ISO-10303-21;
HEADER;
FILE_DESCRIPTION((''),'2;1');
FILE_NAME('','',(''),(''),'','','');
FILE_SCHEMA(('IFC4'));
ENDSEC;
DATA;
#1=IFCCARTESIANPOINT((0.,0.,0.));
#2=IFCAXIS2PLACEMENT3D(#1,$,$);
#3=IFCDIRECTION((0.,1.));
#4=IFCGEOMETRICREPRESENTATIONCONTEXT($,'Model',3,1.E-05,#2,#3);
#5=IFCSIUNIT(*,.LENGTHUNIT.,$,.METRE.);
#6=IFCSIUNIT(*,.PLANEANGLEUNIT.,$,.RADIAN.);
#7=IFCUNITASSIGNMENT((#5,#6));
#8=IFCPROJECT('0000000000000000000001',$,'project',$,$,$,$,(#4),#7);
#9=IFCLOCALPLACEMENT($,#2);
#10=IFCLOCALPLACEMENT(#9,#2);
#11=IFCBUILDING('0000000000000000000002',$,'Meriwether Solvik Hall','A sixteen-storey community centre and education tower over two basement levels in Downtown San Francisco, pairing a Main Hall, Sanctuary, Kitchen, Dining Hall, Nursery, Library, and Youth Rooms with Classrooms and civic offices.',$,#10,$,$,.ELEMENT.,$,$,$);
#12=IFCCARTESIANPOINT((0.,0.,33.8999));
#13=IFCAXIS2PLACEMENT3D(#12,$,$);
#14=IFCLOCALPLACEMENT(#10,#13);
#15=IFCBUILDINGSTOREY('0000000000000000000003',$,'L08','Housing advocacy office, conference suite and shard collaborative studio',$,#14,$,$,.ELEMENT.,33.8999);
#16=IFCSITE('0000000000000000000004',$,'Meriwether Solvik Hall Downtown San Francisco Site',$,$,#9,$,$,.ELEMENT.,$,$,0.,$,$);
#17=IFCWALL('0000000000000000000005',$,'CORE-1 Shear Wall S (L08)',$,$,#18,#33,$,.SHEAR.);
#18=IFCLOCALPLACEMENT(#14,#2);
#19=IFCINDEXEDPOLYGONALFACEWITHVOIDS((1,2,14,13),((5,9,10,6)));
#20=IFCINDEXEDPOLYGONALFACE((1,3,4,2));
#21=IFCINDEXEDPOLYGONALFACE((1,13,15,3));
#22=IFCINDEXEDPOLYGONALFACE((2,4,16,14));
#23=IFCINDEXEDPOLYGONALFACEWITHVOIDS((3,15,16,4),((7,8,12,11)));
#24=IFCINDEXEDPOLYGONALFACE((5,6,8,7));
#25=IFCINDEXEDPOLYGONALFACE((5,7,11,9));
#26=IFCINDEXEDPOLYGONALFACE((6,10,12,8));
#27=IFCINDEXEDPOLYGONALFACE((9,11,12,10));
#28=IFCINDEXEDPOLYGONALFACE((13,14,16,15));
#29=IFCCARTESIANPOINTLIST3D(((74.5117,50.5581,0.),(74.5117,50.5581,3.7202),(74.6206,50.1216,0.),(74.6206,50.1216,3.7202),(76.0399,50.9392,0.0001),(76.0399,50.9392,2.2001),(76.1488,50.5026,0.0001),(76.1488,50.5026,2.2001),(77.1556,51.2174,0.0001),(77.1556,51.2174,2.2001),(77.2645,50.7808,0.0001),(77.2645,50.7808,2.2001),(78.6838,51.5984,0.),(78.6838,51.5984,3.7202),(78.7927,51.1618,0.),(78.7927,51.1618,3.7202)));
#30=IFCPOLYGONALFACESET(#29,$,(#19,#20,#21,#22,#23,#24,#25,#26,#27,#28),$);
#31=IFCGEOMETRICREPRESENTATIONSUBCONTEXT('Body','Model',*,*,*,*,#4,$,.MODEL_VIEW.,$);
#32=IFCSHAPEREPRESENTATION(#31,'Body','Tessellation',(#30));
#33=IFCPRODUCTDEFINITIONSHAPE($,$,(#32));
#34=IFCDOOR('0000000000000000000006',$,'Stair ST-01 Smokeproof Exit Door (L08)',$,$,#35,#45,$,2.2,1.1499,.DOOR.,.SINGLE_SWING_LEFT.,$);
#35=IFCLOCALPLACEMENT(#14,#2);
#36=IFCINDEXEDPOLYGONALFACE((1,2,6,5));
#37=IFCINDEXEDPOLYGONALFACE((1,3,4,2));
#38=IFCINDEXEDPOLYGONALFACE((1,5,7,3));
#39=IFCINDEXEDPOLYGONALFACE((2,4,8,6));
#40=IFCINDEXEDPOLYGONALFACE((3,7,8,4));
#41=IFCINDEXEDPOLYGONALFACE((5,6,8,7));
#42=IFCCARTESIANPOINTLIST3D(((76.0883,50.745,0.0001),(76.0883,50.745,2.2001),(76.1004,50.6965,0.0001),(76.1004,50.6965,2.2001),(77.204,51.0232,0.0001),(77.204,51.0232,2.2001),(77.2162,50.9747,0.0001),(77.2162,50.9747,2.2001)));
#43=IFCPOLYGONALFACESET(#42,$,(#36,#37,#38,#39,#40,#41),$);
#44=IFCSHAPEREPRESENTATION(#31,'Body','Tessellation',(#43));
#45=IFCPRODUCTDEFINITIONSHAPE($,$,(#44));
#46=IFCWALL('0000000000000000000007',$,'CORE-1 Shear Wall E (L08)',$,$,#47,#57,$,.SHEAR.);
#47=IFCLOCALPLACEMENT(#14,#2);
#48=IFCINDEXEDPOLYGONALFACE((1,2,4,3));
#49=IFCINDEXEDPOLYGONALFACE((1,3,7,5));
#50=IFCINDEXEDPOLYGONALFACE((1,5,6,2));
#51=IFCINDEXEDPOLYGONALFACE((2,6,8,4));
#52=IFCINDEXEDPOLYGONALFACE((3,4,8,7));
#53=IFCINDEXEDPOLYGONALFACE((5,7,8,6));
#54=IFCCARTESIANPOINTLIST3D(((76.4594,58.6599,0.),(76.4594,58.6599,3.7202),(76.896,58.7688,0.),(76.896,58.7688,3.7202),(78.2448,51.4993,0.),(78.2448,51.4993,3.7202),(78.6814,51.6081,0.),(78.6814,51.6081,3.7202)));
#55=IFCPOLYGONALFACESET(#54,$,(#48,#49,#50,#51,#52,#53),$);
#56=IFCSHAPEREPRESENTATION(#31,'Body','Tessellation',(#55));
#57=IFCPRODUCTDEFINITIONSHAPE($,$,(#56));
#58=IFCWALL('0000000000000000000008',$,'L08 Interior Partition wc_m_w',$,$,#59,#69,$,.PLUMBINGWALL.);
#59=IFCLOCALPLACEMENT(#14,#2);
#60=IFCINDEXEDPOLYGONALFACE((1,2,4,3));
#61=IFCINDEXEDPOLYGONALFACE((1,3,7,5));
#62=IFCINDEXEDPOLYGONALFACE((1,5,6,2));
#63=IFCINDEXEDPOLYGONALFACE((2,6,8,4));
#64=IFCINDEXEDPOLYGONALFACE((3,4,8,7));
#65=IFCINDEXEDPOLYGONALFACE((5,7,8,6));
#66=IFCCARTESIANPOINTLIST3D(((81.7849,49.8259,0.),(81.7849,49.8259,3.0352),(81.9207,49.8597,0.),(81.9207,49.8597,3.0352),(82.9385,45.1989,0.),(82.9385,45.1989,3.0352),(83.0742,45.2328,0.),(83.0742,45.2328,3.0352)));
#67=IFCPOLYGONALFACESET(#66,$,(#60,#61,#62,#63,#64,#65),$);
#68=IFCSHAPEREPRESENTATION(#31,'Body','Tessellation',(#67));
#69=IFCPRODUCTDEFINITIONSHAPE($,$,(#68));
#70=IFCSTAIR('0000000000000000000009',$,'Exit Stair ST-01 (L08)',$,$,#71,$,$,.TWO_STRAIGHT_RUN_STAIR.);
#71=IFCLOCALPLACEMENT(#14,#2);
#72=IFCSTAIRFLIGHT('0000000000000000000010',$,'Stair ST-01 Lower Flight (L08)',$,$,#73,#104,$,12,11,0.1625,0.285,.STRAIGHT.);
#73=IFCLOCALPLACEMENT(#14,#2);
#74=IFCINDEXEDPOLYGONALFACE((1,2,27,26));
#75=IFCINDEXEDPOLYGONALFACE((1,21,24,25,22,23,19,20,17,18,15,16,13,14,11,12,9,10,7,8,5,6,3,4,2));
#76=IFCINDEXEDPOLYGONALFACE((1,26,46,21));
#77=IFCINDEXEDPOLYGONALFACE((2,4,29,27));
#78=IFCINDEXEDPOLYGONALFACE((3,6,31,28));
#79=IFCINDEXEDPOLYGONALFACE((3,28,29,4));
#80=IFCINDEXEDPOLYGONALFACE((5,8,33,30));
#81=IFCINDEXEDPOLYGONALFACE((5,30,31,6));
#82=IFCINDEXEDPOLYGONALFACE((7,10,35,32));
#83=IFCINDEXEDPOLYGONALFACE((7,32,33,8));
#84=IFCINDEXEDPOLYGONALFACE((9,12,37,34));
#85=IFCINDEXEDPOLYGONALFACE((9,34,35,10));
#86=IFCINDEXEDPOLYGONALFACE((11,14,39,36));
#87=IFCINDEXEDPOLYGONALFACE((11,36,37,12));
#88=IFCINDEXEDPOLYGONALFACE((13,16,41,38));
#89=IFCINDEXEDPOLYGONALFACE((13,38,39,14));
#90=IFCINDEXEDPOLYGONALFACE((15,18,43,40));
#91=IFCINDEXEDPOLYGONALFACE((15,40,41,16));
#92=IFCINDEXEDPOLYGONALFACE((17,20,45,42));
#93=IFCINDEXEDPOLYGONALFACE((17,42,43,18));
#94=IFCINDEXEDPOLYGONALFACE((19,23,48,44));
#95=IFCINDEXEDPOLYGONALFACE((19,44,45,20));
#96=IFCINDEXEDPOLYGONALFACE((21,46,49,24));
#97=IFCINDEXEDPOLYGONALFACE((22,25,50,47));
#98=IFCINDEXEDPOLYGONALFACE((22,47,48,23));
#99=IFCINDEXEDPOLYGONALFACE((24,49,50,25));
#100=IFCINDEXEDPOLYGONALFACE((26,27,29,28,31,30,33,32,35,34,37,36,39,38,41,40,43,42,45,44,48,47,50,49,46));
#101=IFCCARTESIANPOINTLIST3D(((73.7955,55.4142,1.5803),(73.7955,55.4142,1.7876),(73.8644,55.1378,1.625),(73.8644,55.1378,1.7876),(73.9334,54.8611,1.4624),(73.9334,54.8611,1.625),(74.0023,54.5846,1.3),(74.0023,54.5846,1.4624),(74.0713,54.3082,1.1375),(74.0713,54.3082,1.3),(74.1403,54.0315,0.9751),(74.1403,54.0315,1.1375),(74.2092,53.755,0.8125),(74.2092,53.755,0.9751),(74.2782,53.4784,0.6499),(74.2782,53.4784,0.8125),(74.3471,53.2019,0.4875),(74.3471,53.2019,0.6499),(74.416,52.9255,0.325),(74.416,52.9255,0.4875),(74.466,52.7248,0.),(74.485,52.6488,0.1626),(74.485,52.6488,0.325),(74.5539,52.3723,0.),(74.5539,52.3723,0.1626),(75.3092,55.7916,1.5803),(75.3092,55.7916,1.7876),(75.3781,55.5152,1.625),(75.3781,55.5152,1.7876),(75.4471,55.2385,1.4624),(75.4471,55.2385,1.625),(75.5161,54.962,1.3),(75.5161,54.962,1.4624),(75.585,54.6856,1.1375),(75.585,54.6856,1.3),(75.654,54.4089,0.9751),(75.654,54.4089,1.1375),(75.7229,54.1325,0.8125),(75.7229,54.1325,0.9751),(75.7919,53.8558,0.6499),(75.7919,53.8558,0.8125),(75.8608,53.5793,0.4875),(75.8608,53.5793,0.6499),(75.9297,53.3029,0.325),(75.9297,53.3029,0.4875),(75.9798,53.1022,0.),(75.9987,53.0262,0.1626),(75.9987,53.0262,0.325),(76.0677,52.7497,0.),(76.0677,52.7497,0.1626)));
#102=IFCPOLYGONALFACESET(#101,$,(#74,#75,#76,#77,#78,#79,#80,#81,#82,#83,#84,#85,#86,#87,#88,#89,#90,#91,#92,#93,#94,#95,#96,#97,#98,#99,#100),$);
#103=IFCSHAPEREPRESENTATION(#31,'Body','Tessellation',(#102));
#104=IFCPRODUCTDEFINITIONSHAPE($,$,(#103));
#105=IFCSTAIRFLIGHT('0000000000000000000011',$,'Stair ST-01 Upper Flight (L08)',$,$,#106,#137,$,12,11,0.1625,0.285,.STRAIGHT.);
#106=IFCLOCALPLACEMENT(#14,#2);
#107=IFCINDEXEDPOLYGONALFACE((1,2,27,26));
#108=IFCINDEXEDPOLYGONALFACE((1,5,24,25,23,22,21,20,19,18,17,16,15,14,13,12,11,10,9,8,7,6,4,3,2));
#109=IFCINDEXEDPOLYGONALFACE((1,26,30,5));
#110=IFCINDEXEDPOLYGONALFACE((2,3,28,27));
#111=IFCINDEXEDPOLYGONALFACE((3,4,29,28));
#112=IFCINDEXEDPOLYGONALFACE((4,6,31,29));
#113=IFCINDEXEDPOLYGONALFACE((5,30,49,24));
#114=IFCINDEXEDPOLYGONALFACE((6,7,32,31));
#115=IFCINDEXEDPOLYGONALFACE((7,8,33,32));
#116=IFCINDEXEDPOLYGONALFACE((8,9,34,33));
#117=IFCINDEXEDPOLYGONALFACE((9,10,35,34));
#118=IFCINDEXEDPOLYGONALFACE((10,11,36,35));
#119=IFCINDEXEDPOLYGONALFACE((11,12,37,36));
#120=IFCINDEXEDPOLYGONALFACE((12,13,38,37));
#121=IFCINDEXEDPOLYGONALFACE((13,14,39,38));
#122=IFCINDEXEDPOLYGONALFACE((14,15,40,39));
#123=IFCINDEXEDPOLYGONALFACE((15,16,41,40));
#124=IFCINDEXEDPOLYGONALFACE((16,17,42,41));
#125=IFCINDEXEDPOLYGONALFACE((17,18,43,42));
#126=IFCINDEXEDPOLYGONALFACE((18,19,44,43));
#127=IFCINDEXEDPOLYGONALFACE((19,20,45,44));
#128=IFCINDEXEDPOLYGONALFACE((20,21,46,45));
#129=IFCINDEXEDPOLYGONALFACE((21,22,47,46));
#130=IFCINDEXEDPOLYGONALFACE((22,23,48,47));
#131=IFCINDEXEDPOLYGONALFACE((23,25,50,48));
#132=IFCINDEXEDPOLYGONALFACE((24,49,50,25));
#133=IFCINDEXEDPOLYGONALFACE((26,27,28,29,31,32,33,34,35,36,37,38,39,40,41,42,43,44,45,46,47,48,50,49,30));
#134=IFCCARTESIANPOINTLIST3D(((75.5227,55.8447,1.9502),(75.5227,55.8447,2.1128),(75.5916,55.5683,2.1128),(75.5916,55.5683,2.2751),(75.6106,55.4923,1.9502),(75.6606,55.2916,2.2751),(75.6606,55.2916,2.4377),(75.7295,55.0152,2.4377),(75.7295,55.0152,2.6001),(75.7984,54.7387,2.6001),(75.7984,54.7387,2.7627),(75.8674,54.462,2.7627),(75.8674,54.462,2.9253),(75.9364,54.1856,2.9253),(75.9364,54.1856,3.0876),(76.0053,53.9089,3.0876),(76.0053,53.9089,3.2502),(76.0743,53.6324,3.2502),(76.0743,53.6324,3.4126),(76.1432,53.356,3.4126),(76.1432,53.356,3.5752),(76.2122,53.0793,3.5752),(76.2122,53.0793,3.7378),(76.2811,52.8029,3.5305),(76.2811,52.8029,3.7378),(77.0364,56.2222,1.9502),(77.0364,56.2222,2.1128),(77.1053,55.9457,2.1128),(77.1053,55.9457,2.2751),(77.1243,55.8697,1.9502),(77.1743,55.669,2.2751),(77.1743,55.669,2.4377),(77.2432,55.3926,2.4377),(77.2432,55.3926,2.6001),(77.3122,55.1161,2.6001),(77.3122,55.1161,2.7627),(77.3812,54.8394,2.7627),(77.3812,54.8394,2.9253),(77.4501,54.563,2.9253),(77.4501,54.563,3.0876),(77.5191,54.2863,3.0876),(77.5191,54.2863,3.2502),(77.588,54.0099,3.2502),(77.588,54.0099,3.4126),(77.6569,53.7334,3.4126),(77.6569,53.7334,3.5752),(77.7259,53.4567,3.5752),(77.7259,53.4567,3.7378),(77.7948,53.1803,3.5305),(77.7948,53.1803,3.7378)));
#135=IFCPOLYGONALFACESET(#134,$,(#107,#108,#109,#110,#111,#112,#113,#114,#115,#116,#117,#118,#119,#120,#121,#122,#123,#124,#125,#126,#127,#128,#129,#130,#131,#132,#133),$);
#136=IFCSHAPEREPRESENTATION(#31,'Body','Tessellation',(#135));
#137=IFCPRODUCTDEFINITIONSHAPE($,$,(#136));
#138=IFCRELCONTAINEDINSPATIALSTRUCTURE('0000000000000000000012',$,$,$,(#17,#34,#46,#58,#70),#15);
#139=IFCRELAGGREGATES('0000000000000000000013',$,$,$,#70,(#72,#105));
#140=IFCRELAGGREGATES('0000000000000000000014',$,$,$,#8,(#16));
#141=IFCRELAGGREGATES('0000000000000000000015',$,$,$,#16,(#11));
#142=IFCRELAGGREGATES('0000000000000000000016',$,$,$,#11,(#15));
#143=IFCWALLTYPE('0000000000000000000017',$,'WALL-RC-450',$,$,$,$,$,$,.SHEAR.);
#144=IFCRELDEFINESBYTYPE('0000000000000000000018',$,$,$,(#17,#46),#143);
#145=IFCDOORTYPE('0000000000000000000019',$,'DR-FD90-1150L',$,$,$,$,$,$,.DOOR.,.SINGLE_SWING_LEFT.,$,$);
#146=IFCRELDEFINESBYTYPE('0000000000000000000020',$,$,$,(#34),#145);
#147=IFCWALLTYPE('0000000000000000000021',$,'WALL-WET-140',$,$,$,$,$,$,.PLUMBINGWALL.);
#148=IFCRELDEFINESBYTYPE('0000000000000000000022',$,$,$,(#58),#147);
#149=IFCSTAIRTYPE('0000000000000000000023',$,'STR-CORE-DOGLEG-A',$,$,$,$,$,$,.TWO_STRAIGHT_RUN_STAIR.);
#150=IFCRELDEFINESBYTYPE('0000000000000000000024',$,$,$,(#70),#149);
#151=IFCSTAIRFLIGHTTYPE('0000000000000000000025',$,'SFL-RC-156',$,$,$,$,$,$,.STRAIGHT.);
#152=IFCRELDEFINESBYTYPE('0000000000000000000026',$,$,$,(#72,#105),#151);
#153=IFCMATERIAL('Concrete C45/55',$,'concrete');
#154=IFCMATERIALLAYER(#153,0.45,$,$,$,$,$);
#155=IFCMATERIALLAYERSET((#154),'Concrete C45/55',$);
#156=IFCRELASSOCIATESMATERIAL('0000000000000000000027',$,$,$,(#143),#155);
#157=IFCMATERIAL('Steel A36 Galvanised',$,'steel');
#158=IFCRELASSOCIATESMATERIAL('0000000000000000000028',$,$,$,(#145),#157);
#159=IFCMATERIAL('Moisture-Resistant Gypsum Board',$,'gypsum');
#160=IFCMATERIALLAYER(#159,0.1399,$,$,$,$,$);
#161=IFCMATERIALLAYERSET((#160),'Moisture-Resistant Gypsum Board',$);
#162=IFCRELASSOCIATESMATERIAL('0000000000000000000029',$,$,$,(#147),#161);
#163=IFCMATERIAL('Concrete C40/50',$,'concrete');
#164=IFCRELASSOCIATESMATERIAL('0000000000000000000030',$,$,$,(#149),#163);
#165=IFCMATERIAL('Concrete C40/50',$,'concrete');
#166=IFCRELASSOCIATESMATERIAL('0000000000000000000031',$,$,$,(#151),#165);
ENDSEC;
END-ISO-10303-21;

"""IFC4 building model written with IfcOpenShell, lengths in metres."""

from ifc_helpers import new_model, si_unit, direction, frame, frame_2d, origin, place, context, subcontext, project, spatial, polyline, rectangle, outline, extrude, material, layer, layer_set, type_object, element, fill, aggregate, save


model = new_model("IFC4")

# Units and contexts
model_context = context("Model", 3, precision=1e-05, world=origin(), true_north=direction((0.0, 1.0)))
body_context = subcontext(model_context, "Body", "Model", "MODEL_VIEW")
ifc_project = project(units=[si_unit("LENGTHUNIT", "METRE"), si_unit("PLANEANGLEUNIT", "RADIAN")], contexts=[model_context])

# Site, building, storey
site_placement = place(None, origin())
site = spatial("IfcSite", under=ifc_project, at=site_placement, Name="Meriwether Solvik Hall Downtown San Francisco Site", CompositionType="ELEMENT", RefElevation=0.0)
building_placement = place(site_placement, origin())
building = spatial("IfcBuilding", under=site, at=building_placement, Name="Meriwether Solvik Hall", Description="A sixteen-storey community centre and education tower over two basement levels in Downtown San Francisco, pairing a Main Hall, Sanctuary, Kitchen, Dining Hall, Nursery, Library, and Youth Rooms with Classrooms and civic offices.", CompositionType="ELEMENT")
storey_placement = place(building_placement, frame((0.0, 0.0, 33.8999)))
storey = spatial("IfcBuildingStorey", under=building, at=storey_placement, Name="L08", Description="Housing advocacy office, conference suite and shard collaborative studio", CompositionType="ELEMENT", Elevation=33.8999)

# Wall, opening, door
ifc_material_1 = material(Name="Concrete C45/55", Category="concrete")
ifc_layer_1 = layer(ifc_material_1, 0.45)
ifc_layer_set_1 = layer_set([ifc_layer_1], Name="Concrete C45/55")
wall_type_1 = type_object("IfcWallType", Name="WALL-RC-450", PredefinedType="SHEAR", material=ifc_layer_set_1)
wall_1_placement = place(storey_placement, frame((74.5662, 50.3398, 0.0), z_axis=(0.0, 0.0, 1.0), x_axis=(0.970293, 0.241934, 0.0)))
wall_1 = element("IfcWall", 1, at=wall_1_placement, inside=storey, type_object=wall_type_1, Name="CORE-1 Shear Wall S (L08)", PredefinedType="SHEAR", context=body_context, shape_type="SweptSolid", body=[
    extrude(rectangle(XDim=4.2998, YDim=0.45, at=frame_2d((2.1499, 0.0))), origin(), (0.0, 0.0, 1.0), 3.7202),
])
opening_1_placement = place(wall_1_placement, frame((1.575, 0.0, 0.0)))
opening_1 = element("IfcOpeningElement", 2, at=opening_1_placement, cuts=wall_1, PredefinedType="OPENING", context=body_context, shape_type="SweptSolid", body=[
    extrude(rectangle(XDim=1.1499, YDim=2.2, at=frame_2d((0.575, 1.1001))), frame((0.0, 0.2368, 0.0), z_axis=(0.0, -1.0, 0.0), x_axis=(1.0, 0.0, 0.0)), (0.0, 0.0, 1.0), 0.4739),
])
ifc_material_2 = material(Name="Steel A36 Galvanised", Category="steel")
door_type_1 = type_object("IfcDoorType", Name="DR-FD90-1150L", OperationType="SINGLE_SWING_LEFT", PredefinedType="DOOR", material=ifc_material_2)
door_1_placement = place(opening_1_placement, origin())
door_1 = element("IfcDoor", 3, at=door_1_placement, inside=storey, type_object=door_type_1, Name="Stair ST-01 Smokeproof Exit Door (L08)", OperationType="SINGLE_SWING_LEFT", OverallHeight=2.2, OverallWidth=1.1499, PredefinedType="DOOR", context=body_context, shape_type="SweptSolid", body=[
    extrude(rectangle(XDim=1.1499, YDim=2.2, at=frame_2d((0.575, 1.1001))), frame((0.0, 0.0249, 0.0), z_axis=(0.0, -1.0, 0.0), x_axis=(1.0, 0.0, 0.0)), (0.0, 0.0, 1.0), 0.05),
])
fill(opening_1, door_1)

# Walls
wall_2_placement = place(storey_placement, frame((78.4631, 51.5537, 0.0), z_axis=(0.0, 0.0, 1.0), x_axis=(-0.241928, 0.970294, 0.0)))
element("IfcWall", 4, at=wall_2_placement, inside=storey, type_object=wall_type_1, Name="CORE-1 Shear Wall E (L08)", PredefinedType="SHEAR", context=body_context, shape_type="SweptSolid", body=[
    extrude(rectangle(XDim=7.3799, YDim=0.45, at=frame_2d((3.6899, 0.0))), origin(), (0.0, 0.0, 1.0), 3.7202),
])
ifc_material_3 = material(Name="Moisture-Resistant Gypsum Board", Category="gypsum")
ifc_layer_2 = layer(ifc_material_3, 0.1399)
ifc_layer_set_2 = layer_set([ifc_layer_2], Name="Moisture-Resistant Gypsum Board")
wall_type_2 = type_object("IfcWallType", Name="WALL-WET-140", PredefinedType="PLUMBINGWALL", material=ifc_layer_set_2)
wall_3_placement = place(storey_placement, frame((81.8528, 49.8428, 0.0), z_axis=(0.0, 0.0, 1.0), x_axis=(0.241909, -0.970299, 0.0)))
element("IfcWall", 5, at=wall_3_placement, inside=storey, type_object=wall_type_2, Name="L08 Interior Partition wc_m_w", PredefinedType="PLUMBINGWALL", context=body_context, shape_type="SweptSolid", body=[
    extrude(rectangle(XDim=4.7686, YDim=0.1399, at=frame_2d((2.3843, 0.0))), origin(), (0.0, 0.0, 1.0), 3.0352),
])

# Stair, stair flights
ifc_material_4 = material(Name="Concrete C40/50", Category="concrete")
stair_type = type_object("IfcStairType", Name="STR-CORE-DOGLEG-A", PredefinedType="TWO_STRAIGHT_RUN_STAIR", material=ifc_material_4)
stair_placement = place(storey_placement, origin())
stair = element("IfcStair", 6, at=stair_placement, inside=storey, type_object=stair_type, Name="Exit Stair ST-01 (L08)", PredefinedType="TWO_STRAIGHT_RUN_STAIR")
ifc_material_5 = material(Name="Concrete C40/50", Category="concrete")
stair_flight_type = type_object("IfcStairFlightType", Name="SFL-RC-156", PredefinedType="STRAIGHT", material=ifc_material_5)
stair_flight_1_placement = place(storey_placement, frame((75.3108, 52.561, 0.0), z_axis=(0.0, 0.0, 1.0), x_axis=(-0.241922, 0.970296, 0.0)))
stair_flight_1 = element("IfcStairFlight", 7, at=stair_flight_1_placement, type_object=stair_flight_type, Name="Stair ST-01 Lower Flight (L08)", NumberOfRisers=12, NumberOfTreads=11, PredefinedType="STRAIGHT", RiserHeight=0.1625, TreadLength=0.285, context=body_context, shape_type="SweptSolid", body=[
    extrude(outline(polyline([(0.0, 0.0), (0.0, 0.1626), (0.2849, 0.1626), (0.2849, 0.325), (0.5701, 0.325), (0.5701, 0.4875), (0.855, 0.4875), (0.855, 0.6499), (1.1399, 0.6499), (1.1399, 0.8125), (1.425, 0.8125), (1.425, 0.9751), (1.71, 0.9751), (1.71, 1.1375), (1.9951, 1.1375), (1.9951, 1.3), (2.28, 1.3), (2.28, 1.4624), (2.5649, 1.4624), (2.5649, 1.625), (2.8501, 1.625), (2.8501, 1.7876), (3.135, 1.7876), (3.135, 1.95), (3.135, 1.5803), (0.3633, 0.0), (0.0, 0.0)])), frame((0.0, 0.78, 0.0), z_axis=(0.0, -1.0, 0.0), x_axis=(1.0, 0.0, 0.0)), (0.0, 0.0, 1.0), 1.5601),
])
stair_flight_2_placement = place(storey_placement, frame((76.2795, 56.0334, 1.9502), z_axis=(0.0, 0.0, 1.0), x_axis=(0.241922, -0.970296, 0.0)))
stair_flight_2 = element("IfcStairFlight", 8, at=stair_flight_2_placement, type_object=stair_flight_type, Name="Stair ST-01 Upper Flight (L08)", NumberOfRisers=12, NumberOfTreads=11, PredefinedType="STRAIGHT", RiserHeight=0.1625, TreadLength=0.285, context=body_context, shape_type="SweptSolid", body=[
    extrude(outline(polyline([(0.0, 0.0), (0.0, 0.1626), (0.2849, 0.1626), (0.2849, 0.325), (0.5701, 0.325), (0.5701, 0.4875), (0.855, 0.4875), (0.855, 0.6499), (1.1399, 0.6499), (1.1399, 0.8125), (1.425, 0.8125), (1.425, 0.9751), (1.71, 0.9751), (1.71, 1.1375), (1.9951, 1.1375), (1.9951, 1.3), (2.28, 1.3), (2.28, 1.4624), (2.5649, 1.4624), (2.5649, 1.625), (2.8501, 1.625), (2.8501, 1.7876), (3.135, 1.7876), (3.135, 1.95), (3.135, 1.5803), (0.3633, 0.0), (0.0, 0.0)])), frame((0.0, 0.78, 0.0), z_axis=(0.0, -1.0, 0.0), x_axis=(1.0, 0.0, 0.0)), (0.0, 0.0, 1.0), 1.5601),
])
aggregate(stair, [stair_flight_1, stair_flight_2])

save(model, "model.ifc")
